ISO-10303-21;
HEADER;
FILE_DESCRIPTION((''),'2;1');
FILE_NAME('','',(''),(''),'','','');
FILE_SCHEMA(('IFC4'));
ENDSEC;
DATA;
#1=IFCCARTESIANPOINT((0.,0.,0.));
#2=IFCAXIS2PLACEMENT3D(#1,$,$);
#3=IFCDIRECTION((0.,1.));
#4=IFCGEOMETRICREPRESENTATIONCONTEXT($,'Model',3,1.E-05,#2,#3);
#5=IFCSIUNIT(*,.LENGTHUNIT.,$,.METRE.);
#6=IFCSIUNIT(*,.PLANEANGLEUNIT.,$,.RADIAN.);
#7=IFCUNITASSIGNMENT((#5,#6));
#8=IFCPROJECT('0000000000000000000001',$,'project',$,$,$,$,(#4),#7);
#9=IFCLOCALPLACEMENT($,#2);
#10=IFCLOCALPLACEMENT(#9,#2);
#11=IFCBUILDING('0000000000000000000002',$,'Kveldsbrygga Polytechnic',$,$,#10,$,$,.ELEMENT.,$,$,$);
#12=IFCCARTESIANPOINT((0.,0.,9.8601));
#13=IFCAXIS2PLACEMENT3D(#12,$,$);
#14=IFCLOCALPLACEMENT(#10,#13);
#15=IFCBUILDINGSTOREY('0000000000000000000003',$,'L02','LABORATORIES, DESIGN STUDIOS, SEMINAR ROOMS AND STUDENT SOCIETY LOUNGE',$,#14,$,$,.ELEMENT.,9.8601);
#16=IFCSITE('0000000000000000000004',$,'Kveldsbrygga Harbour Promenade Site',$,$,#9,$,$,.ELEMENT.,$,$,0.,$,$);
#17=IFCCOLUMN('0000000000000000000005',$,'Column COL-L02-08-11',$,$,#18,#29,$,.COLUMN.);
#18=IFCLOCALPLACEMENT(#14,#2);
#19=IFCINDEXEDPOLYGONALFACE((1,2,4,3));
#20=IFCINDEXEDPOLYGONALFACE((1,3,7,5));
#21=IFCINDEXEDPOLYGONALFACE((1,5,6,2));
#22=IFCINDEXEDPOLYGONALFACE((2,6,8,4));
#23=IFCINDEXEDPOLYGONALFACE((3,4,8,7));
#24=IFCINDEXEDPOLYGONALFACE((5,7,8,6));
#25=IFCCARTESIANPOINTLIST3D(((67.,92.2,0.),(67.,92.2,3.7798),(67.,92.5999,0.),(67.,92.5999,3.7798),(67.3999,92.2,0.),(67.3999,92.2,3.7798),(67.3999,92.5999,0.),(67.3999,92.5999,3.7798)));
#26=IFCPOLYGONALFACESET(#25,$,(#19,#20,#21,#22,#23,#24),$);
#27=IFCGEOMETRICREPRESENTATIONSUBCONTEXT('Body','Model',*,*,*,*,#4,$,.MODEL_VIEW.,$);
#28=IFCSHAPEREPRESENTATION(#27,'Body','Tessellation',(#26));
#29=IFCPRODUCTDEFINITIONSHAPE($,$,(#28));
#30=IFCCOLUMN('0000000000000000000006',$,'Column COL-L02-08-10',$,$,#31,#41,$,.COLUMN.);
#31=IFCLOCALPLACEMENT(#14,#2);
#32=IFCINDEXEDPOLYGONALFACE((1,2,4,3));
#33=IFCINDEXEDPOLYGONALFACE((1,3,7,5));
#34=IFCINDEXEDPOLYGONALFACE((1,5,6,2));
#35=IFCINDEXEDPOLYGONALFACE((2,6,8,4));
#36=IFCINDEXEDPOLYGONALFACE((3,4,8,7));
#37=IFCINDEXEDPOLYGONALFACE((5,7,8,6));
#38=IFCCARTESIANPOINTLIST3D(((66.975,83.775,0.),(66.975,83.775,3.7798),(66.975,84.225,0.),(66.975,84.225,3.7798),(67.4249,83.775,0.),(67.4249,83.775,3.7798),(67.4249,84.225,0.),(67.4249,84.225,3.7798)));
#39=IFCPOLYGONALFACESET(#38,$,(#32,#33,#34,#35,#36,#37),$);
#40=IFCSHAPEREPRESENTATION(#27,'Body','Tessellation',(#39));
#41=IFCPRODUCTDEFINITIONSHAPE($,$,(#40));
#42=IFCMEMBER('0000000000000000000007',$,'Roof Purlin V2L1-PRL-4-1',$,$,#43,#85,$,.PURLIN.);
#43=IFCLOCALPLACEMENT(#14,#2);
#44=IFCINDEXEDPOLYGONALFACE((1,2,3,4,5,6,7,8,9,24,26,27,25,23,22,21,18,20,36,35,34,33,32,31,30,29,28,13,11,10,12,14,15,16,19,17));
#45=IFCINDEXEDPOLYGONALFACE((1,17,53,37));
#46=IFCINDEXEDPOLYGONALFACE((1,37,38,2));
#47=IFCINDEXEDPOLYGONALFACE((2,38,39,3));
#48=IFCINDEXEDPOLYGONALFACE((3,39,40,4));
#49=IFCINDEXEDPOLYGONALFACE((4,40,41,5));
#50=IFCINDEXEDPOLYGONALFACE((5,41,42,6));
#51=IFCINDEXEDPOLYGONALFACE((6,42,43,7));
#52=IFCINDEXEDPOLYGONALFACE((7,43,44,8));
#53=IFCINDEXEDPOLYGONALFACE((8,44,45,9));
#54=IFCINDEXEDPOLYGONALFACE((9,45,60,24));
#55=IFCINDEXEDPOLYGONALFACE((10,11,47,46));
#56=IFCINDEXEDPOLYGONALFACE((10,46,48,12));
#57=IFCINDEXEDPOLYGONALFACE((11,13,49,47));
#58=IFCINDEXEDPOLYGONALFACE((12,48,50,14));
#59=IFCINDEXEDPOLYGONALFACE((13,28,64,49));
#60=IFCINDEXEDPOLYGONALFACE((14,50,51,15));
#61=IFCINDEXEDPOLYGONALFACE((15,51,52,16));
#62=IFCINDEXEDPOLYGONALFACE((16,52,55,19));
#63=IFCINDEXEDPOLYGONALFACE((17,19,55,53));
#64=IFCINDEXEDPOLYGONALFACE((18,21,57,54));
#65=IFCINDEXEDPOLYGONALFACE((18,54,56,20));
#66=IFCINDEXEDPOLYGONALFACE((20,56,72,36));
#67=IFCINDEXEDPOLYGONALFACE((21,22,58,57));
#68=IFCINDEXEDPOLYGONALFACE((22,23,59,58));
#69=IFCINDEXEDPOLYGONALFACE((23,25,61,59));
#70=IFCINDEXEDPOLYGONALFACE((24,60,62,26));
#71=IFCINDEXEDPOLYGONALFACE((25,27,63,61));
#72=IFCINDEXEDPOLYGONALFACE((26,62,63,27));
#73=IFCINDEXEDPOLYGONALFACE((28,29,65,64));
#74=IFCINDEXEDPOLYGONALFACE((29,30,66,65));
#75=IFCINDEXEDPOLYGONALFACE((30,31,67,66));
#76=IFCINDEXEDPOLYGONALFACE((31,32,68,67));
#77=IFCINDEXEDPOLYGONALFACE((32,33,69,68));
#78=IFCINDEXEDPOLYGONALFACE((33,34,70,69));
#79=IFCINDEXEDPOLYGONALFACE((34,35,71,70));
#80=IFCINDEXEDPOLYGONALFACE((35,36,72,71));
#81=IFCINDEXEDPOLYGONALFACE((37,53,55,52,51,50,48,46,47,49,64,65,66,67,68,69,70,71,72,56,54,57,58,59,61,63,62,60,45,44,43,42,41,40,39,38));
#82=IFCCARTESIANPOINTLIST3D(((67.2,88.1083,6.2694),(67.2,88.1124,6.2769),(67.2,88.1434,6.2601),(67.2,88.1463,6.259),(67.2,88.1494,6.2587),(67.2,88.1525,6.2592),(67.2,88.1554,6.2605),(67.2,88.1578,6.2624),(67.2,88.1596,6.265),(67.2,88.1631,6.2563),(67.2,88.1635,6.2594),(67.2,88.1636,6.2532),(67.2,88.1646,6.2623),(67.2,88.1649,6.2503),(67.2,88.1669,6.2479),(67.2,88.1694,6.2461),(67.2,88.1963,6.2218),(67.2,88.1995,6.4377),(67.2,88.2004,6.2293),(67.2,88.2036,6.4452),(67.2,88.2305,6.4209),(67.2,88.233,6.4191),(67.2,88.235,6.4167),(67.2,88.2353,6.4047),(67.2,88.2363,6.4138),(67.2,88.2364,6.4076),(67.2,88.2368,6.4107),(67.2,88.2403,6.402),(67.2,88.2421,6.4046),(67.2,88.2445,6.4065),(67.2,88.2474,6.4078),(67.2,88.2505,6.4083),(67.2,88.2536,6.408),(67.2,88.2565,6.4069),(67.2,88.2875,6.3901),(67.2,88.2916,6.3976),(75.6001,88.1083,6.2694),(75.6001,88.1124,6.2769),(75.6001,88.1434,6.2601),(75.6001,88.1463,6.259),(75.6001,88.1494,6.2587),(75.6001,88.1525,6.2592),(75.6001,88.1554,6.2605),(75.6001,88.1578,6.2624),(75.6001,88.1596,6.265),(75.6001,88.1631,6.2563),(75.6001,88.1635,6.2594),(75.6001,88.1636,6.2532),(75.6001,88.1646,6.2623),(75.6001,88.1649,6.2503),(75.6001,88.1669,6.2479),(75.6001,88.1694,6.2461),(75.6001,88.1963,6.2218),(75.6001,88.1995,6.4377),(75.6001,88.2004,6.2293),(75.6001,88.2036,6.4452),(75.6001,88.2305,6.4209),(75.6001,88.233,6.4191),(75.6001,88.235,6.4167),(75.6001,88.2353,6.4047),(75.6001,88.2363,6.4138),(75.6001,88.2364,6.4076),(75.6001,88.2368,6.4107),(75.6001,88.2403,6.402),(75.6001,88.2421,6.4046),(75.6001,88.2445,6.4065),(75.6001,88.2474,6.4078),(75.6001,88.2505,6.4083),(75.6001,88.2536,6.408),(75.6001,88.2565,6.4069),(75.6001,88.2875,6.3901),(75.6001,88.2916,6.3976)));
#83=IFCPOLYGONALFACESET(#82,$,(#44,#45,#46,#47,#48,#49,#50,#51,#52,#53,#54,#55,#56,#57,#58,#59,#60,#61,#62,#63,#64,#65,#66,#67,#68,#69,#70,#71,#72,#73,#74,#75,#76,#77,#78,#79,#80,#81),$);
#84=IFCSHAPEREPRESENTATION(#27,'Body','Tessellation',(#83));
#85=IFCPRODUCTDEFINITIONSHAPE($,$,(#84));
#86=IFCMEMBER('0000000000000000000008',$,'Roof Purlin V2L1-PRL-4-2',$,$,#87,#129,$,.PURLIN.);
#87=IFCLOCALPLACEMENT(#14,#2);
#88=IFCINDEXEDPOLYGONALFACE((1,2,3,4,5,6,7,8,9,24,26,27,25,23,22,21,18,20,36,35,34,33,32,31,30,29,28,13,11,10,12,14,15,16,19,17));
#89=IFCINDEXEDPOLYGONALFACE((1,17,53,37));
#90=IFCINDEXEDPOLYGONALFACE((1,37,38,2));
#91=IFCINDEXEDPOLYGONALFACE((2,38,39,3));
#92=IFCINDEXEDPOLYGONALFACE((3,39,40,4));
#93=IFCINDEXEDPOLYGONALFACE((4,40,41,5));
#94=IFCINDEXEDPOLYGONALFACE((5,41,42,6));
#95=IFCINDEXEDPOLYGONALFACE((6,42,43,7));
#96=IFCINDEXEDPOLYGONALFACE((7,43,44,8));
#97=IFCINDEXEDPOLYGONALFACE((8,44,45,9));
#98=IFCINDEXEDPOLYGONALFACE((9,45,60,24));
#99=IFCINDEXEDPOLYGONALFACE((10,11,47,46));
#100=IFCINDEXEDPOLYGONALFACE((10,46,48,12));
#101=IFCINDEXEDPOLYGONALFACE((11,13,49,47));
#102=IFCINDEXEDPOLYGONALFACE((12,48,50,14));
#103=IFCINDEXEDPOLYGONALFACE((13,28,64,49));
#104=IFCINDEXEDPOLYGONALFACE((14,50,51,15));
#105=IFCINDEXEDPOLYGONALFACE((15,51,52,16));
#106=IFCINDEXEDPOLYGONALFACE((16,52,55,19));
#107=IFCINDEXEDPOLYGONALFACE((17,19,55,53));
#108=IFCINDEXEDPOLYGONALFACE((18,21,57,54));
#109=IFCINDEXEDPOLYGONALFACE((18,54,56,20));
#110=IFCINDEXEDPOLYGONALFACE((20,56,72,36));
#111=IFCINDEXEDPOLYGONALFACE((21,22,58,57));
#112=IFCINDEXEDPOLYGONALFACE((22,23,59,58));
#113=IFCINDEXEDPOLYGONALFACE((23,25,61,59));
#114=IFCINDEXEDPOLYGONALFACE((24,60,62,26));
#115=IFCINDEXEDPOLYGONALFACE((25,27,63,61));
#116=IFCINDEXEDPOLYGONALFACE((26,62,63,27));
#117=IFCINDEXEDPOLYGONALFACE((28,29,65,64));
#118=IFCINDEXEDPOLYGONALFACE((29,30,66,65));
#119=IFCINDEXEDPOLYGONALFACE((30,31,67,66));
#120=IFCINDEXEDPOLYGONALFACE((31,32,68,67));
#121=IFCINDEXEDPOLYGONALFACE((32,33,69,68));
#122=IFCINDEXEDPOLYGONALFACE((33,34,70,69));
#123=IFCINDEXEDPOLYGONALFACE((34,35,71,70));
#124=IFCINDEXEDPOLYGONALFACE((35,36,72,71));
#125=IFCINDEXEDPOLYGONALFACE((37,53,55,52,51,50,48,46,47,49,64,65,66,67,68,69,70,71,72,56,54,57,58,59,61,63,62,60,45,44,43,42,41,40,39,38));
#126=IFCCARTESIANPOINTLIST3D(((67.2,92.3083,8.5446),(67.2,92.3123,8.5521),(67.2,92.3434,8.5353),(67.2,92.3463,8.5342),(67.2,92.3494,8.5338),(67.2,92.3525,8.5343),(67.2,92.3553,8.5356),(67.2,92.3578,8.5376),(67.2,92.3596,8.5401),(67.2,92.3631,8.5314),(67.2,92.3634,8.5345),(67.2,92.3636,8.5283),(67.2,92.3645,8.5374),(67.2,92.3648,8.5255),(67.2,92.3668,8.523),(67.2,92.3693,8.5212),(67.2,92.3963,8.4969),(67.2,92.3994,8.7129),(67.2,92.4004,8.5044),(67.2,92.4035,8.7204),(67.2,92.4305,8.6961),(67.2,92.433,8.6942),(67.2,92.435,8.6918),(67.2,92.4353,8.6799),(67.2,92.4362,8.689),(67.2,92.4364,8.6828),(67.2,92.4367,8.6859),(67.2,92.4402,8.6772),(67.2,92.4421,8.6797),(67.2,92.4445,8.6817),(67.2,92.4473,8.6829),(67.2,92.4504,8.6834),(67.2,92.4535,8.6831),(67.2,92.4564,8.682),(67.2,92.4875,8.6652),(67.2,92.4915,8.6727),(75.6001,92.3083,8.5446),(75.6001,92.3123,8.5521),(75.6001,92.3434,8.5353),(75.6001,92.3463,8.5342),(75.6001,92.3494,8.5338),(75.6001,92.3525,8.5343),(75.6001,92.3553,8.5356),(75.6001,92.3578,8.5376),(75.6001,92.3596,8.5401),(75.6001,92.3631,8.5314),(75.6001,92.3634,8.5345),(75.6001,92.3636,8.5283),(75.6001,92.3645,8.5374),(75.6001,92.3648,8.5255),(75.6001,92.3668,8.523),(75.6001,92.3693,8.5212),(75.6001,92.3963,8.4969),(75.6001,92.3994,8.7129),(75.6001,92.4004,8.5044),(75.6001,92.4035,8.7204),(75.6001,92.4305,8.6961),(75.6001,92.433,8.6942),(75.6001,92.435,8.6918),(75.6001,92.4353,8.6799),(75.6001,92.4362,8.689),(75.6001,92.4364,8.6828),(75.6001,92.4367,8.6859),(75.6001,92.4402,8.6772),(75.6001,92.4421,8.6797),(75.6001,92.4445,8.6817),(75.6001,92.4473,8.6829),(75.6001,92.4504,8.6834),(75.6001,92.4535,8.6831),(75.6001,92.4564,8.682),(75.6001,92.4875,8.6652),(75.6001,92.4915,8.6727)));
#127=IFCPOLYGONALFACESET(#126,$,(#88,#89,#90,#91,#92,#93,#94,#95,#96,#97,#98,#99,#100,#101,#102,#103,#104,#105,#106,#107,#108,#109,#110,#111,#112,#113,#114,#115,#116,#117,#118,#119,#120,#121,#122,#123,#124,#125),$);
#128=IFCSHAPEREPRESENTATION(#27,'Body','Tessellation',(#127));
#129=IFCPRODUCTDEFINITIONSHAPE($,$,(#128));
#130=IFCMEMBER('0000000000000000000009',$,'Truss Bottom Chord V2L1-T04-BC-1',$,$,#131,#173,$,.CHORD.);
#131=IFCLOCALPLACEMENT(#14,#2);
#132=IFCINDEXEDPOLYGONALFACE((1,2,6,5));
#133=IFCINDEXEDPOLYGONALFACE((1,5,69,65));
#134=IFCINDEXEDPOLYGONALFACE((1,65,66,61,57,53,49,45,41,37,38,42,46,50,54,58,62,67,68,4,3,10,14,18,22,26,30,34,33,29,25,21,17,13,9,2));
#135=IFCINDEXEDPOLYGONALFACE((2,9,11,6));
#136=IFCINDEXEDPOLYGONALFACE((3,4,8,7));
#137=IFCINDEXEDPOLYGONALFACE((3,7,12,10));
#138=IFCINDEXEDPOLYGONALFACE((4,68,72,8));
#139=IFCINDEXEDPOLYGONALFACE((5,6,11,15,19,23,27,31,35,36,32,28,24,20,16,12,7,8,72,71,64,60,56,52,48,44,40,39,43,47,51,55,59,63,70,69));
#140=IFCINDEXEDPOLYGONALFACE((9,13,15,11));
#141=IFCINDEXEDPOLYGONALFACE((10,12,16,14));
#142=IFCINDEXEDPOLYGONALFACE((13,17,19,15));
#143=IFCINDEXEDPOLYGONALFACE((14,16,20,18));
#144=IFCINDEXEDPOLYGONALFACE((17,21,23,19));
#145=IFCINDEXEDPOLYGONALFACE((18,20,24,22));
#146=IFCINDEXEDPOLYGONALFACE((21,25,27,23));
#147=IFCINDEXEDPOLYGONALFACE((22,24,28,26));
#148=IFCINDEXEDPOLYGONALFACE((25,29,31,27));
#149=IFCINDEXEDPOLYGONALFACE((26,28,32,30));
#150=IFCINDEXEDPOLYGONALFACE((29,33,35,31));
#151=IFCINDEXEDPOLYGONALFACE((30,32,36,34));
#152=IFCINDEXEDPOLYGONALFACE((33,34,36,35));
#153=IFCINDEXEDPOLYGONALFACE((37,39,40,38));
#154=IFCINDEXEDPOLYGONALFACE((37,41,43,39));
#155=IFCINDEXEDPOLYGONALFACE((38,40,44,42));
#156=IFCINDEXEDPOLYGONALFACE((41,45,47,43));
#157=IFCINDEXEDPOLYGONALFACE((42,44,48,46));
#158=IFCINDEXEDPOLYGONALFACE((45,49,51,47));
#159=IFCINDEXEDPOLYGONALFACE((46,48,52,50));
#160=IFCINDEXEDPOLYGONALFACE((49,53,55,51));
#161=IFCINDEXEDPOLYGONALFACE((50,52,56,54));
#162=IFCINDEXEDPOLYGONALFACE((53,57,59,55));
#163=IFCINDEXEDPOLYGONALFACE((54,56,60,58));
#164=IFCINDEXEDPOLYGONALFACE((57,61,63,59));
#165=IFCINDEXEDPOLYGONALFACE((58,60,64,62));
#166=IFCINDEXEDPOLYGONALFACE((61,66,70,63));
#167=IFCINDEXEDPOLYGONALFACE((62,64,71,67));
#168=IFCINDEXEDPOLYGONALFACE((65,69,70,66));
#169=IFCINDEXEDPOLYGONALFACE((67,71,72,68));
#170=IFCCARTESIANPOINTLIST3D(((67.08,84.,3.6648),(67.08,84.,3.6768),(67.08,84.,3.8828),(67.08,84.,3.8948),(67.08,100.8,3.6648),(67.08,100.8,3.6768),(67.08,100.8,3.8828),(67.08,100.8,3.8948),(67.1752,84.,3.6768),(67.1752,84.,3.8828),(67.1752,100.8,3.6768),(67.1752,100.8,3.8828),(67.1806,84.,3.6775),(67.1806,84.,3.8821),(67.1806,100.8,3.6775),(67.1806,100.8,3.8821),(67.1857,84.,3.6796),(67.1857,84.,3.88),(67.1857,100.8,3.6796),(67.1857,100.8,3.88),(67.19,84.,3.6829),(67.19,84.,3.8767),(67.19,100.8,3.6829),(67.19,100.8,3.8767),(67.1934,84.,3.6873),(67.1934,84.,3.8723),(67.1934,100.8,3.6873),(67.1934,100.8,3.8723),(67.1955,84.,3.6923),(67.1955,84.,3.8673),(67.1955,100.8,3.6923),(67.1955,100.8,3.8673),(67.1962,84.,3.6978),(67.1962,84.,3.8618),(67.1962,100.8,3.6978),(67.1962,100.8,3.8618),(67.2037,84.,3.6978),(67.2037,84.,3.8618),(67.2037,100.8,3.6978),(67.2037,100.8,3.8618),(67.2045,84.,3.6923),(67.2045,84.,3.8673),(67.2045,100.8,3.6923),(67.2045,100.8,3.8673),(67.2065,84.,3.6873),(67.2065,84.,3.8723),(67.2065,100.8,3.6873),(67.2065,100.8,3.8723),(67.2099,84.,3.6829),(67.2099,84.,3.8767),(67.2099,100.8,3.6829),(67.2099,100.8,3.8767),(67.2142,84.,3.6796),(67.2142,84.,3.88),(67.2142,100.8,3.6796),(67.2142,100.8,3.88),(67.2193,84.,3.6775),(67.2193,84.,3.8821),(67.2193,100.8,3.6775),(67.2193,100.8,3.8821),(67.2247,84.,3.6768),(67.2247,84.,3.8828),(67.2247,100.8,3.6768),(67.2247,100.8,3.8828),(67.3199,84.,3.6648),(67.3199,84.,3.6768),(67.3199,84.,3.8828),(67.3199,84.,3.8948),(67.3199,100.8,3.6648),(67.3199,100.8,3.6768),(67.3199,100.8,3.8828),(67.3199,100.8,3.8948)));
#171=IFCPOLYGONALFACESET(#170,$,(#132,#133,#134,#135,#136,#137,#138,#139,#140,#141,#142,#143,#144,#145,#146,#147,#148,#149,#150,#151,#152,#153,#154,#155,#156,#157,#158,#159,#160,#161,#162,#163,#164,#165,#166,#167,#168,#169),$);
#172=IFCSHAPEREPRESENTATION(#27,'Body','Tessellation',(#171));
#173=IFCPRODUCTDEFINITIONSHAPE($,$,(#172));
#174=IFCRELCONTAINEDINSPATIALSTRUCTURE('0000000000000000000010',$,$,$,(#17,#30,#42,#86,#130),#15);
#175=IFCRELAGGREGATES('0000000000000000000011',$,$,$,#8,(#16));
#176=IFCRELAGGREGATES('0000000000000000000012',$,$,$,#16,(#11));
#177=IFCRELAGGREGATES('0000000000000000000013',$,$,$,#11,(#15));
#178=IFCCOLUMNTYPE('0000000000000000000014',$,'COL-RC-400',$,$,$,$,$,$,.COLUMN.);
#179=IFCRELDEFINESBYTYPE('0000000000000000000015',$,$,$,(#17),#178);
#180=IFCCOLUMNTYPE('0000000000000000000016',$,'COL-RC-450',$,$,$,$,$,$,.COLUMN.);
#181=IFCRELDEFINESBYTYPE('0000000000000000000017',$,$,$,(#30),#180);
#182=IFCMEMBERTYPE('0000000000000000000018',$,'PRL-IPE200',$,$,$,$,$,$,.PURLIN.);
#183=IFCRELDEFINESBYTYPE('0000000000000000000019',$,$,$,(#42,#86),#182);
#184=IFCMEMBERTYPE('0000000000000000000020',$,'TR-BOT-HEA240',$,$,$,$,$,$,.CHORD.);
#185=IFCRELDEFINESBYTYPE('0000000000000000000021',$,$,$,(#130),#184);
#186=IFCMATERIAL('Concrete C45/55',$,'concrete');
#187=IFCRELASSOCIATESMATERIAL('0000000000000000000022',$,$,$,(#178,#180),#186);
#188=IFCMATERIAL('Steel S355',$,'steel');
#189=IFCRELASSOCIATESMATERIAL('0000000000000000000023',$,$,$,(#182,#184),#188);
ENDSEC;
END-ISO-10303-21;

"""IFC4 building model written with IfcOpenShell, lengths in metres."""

from ifc_helpers import new_model, si_unit, direction, frame, origin, origin_2d, place, context, subcontext, project, spatial, rectangle, i_section, extrude, material, material_profile, profile_set, type_object, element, save


model = new_model("IFC4")

# Units and contexts
model_context = context("Model", 3, precision=1e-05, world=origin(), true_north=direction((0.0, 1.0)))
body_context = subcontext(model_context, "Body", "Model", "MODEL_VIEW")
ifc_project = project(units=[si_unit("LENGTHUNIT", "METRE"), si_unit("PLANEANGLEUNIT", "RADIAN")], contexts=[model_context])

# Site, building, storey
site_placement = place(None, origin())
site = spatial("IfcSite", under=ifc_project, at=site_placement, Name="Kveldsbrygga Harbour Promenade Site", CompositionType="ELEMENT", RefElevation=0.0)
building_placement = place(site_placement, origin())
building = spatial("IfcBuilding", under=site, at=building_placement, Name="Kveldsbrygga Polytechnic", CompositionType="ELEMENT")
storey_placement = place(building_placement, frame((0.0, 0.0, 9.8601)))
storey = spatial("IfcBuildingStorey", under=building, at=storey_placement, Name="L02", Description="LABORATORIES, DESIGN STUDIOS, SEMINAR ROOMS AND STUDENT SOCIETY LOUNGE", CompositionType="ELEMENT", Elevation=9.8601)

# Columns
ifc_material_1 = material(Name="Concrete C45/55", Category="concrete")
ifc_material_profile_1 = material_profile(ifc_material_1, rectangle(XDim=0.3999, YDim=0.3999, at=origin_2d()), Name="RC 400x400")
ifc_profile_set_1 = profile_set([ifc_material_profile_1], Name="Concrete C45/55")
column_type_1 = type_object("IfcColumnType", Name="COL-RC-400", PredefinedType="COLUMN", material=ifc_profile_set_1)
column_1_placement = place(storey_placement, frame((67.2, 92.3999, 0.0), z_axis=(0.0, 0.0, 1.0), x_axis=(1.0, 0.0, 0.0)))
element("IfcColumn", 1, at=column_1_placement, inside=storey, type_object=column_type_1, Name="Column COL-L02-08-11", PredefinedType="COLUMN", context=body_context, shape_type="SweptSolid", body=[
    extrude(rectangle(XDim=0.3999, YDim=0.3999, at=origin_2d()), origin(), (0.0, 0.0, 1.0), 3.7798),
])
ifc_material_profile_2 = material_profile(ifc_material_1, rectangle(XDim=0.45, YDim=0.45, at=origin_2d()), Name="RC 450x450")
ifc_profile_set_2 = profile_set([ifc_material_profile_2], Name="Concrete C45/55")
column_type_2 = type_object("IfcColumnType", Name="COL-RC-450", PredefinedType="COLUMN", material=ifc_profile_set_2)
column_2_placement = place(storey_placement, frame((67.2, 84.0, 0.0), z_axis=(0.0, 0.0, 1.0), x_axis=(1.0, 0.0, 0.0)))
element("IfcColumn", 2, at=column_2_placement, inside=storey, type_object=column_type_2, Name="Column COL-L02-08-10", PredefinedType="COLUMN", context=body_context, shape_type="SweptSolid", body=[
    extrude(rectangle(XDim=0.45, YDim=0.45, at=origin_2d()), origin(), (0.0, 0.0, 1.0), 3.7798),
])

# Members
ifc_material_2 = material(Name="Steel S355", Category="steel")
ifc_material_profile_3 = material_profile(ifc_material_2, i_section(OverallWidth=0.1001, OverallDepth=0.2, WebThickness=0.0056, FlangeThickness=0.0085, FilletRadius=0.012, at=origin_2d()), Name="IPE 200")
ifc_profile_set_3 = profile_set([ifc_material_profile_3], Name="Steel S355")
member_type_1 = type_object("IfcMemberType", Name="PRL-IPE200", PredefinedType="PURLIN", material=ifc_profile_set_3)
for number, where, z_axis, x_axis, name in (
    (3, (67.2, 88.2, 6.3335), (1.0, 0.0, 0.0), (0.0, 0.879292, -0.476283), "Roof Purlin V2L1-PRL-4-1"),
    (4, (67.2, 92.3999, 8.6086), (1.0, 0.0, 0.0), (0.0, 0.879292, -0.476283), "Roof Purlin V2L1-PRL-4-2"),
):
    element("IfcMember", number, at=place(storey_placement, frame(where, z_axis=z_axis, x_axis=x_axis)), inside=storey, type_object=member_type_1, Name=name, PredefinedType="PURLIN", context=body_context, shape_type="SweptSolid", body=[
        extrude(i_section(OverallWidth=0.1001, OverallDepth=0.2, WebThickness=0.0056, FlangeThickness=0.0085, FilletRadius=0.012, at=origin_2d()), origin(), (0.0, 0.0, 1.0), 8.4001),
    ])
ifc_material_profile_4 = material_profile(ifc_material_2, i_section(OverallWidth=0.24, OverallDepth=0.23, WebThickness=0.0076, FlangeThickness=0.012, FilletRadius=0.021, at=origin_2d()), Name="HEA 240")
ifc_profile_set_4 = profile_set([ifc_material_profile_4], Name="Steel S355")
member_type_2 = type_object("IfcMemberType", Name="TR-BOT-HEA240", PredefinedType="CHORD", material=ifc_profile_set_4)
member_1_placement = place(storey_placement, frame((67.2, 84.0, 3.7798), z_axis=(0.0, 1.0, 0.0), x_axis=(-1.0, 0.0, 0.0)))
element("IfcMember", 5, at=member_1_placement, inside=storey, type_object=member_type_2, Name="Truss Bottom Chord V2L1-T04-BC-1", PredefinedType="CHORD", context=body_context, shape_type="SweptSolid", body=[
    extrude(i_section(OverallWidth=0.24, OverallDepth=0.23, WebThickness=0.0076, FlangeThickness=0.012, FilletRadius=0.021, at=origin_2d()), origin(), (0.0, 0.0, 1.0), 16.8),
])

save(model, "model.ifc")
